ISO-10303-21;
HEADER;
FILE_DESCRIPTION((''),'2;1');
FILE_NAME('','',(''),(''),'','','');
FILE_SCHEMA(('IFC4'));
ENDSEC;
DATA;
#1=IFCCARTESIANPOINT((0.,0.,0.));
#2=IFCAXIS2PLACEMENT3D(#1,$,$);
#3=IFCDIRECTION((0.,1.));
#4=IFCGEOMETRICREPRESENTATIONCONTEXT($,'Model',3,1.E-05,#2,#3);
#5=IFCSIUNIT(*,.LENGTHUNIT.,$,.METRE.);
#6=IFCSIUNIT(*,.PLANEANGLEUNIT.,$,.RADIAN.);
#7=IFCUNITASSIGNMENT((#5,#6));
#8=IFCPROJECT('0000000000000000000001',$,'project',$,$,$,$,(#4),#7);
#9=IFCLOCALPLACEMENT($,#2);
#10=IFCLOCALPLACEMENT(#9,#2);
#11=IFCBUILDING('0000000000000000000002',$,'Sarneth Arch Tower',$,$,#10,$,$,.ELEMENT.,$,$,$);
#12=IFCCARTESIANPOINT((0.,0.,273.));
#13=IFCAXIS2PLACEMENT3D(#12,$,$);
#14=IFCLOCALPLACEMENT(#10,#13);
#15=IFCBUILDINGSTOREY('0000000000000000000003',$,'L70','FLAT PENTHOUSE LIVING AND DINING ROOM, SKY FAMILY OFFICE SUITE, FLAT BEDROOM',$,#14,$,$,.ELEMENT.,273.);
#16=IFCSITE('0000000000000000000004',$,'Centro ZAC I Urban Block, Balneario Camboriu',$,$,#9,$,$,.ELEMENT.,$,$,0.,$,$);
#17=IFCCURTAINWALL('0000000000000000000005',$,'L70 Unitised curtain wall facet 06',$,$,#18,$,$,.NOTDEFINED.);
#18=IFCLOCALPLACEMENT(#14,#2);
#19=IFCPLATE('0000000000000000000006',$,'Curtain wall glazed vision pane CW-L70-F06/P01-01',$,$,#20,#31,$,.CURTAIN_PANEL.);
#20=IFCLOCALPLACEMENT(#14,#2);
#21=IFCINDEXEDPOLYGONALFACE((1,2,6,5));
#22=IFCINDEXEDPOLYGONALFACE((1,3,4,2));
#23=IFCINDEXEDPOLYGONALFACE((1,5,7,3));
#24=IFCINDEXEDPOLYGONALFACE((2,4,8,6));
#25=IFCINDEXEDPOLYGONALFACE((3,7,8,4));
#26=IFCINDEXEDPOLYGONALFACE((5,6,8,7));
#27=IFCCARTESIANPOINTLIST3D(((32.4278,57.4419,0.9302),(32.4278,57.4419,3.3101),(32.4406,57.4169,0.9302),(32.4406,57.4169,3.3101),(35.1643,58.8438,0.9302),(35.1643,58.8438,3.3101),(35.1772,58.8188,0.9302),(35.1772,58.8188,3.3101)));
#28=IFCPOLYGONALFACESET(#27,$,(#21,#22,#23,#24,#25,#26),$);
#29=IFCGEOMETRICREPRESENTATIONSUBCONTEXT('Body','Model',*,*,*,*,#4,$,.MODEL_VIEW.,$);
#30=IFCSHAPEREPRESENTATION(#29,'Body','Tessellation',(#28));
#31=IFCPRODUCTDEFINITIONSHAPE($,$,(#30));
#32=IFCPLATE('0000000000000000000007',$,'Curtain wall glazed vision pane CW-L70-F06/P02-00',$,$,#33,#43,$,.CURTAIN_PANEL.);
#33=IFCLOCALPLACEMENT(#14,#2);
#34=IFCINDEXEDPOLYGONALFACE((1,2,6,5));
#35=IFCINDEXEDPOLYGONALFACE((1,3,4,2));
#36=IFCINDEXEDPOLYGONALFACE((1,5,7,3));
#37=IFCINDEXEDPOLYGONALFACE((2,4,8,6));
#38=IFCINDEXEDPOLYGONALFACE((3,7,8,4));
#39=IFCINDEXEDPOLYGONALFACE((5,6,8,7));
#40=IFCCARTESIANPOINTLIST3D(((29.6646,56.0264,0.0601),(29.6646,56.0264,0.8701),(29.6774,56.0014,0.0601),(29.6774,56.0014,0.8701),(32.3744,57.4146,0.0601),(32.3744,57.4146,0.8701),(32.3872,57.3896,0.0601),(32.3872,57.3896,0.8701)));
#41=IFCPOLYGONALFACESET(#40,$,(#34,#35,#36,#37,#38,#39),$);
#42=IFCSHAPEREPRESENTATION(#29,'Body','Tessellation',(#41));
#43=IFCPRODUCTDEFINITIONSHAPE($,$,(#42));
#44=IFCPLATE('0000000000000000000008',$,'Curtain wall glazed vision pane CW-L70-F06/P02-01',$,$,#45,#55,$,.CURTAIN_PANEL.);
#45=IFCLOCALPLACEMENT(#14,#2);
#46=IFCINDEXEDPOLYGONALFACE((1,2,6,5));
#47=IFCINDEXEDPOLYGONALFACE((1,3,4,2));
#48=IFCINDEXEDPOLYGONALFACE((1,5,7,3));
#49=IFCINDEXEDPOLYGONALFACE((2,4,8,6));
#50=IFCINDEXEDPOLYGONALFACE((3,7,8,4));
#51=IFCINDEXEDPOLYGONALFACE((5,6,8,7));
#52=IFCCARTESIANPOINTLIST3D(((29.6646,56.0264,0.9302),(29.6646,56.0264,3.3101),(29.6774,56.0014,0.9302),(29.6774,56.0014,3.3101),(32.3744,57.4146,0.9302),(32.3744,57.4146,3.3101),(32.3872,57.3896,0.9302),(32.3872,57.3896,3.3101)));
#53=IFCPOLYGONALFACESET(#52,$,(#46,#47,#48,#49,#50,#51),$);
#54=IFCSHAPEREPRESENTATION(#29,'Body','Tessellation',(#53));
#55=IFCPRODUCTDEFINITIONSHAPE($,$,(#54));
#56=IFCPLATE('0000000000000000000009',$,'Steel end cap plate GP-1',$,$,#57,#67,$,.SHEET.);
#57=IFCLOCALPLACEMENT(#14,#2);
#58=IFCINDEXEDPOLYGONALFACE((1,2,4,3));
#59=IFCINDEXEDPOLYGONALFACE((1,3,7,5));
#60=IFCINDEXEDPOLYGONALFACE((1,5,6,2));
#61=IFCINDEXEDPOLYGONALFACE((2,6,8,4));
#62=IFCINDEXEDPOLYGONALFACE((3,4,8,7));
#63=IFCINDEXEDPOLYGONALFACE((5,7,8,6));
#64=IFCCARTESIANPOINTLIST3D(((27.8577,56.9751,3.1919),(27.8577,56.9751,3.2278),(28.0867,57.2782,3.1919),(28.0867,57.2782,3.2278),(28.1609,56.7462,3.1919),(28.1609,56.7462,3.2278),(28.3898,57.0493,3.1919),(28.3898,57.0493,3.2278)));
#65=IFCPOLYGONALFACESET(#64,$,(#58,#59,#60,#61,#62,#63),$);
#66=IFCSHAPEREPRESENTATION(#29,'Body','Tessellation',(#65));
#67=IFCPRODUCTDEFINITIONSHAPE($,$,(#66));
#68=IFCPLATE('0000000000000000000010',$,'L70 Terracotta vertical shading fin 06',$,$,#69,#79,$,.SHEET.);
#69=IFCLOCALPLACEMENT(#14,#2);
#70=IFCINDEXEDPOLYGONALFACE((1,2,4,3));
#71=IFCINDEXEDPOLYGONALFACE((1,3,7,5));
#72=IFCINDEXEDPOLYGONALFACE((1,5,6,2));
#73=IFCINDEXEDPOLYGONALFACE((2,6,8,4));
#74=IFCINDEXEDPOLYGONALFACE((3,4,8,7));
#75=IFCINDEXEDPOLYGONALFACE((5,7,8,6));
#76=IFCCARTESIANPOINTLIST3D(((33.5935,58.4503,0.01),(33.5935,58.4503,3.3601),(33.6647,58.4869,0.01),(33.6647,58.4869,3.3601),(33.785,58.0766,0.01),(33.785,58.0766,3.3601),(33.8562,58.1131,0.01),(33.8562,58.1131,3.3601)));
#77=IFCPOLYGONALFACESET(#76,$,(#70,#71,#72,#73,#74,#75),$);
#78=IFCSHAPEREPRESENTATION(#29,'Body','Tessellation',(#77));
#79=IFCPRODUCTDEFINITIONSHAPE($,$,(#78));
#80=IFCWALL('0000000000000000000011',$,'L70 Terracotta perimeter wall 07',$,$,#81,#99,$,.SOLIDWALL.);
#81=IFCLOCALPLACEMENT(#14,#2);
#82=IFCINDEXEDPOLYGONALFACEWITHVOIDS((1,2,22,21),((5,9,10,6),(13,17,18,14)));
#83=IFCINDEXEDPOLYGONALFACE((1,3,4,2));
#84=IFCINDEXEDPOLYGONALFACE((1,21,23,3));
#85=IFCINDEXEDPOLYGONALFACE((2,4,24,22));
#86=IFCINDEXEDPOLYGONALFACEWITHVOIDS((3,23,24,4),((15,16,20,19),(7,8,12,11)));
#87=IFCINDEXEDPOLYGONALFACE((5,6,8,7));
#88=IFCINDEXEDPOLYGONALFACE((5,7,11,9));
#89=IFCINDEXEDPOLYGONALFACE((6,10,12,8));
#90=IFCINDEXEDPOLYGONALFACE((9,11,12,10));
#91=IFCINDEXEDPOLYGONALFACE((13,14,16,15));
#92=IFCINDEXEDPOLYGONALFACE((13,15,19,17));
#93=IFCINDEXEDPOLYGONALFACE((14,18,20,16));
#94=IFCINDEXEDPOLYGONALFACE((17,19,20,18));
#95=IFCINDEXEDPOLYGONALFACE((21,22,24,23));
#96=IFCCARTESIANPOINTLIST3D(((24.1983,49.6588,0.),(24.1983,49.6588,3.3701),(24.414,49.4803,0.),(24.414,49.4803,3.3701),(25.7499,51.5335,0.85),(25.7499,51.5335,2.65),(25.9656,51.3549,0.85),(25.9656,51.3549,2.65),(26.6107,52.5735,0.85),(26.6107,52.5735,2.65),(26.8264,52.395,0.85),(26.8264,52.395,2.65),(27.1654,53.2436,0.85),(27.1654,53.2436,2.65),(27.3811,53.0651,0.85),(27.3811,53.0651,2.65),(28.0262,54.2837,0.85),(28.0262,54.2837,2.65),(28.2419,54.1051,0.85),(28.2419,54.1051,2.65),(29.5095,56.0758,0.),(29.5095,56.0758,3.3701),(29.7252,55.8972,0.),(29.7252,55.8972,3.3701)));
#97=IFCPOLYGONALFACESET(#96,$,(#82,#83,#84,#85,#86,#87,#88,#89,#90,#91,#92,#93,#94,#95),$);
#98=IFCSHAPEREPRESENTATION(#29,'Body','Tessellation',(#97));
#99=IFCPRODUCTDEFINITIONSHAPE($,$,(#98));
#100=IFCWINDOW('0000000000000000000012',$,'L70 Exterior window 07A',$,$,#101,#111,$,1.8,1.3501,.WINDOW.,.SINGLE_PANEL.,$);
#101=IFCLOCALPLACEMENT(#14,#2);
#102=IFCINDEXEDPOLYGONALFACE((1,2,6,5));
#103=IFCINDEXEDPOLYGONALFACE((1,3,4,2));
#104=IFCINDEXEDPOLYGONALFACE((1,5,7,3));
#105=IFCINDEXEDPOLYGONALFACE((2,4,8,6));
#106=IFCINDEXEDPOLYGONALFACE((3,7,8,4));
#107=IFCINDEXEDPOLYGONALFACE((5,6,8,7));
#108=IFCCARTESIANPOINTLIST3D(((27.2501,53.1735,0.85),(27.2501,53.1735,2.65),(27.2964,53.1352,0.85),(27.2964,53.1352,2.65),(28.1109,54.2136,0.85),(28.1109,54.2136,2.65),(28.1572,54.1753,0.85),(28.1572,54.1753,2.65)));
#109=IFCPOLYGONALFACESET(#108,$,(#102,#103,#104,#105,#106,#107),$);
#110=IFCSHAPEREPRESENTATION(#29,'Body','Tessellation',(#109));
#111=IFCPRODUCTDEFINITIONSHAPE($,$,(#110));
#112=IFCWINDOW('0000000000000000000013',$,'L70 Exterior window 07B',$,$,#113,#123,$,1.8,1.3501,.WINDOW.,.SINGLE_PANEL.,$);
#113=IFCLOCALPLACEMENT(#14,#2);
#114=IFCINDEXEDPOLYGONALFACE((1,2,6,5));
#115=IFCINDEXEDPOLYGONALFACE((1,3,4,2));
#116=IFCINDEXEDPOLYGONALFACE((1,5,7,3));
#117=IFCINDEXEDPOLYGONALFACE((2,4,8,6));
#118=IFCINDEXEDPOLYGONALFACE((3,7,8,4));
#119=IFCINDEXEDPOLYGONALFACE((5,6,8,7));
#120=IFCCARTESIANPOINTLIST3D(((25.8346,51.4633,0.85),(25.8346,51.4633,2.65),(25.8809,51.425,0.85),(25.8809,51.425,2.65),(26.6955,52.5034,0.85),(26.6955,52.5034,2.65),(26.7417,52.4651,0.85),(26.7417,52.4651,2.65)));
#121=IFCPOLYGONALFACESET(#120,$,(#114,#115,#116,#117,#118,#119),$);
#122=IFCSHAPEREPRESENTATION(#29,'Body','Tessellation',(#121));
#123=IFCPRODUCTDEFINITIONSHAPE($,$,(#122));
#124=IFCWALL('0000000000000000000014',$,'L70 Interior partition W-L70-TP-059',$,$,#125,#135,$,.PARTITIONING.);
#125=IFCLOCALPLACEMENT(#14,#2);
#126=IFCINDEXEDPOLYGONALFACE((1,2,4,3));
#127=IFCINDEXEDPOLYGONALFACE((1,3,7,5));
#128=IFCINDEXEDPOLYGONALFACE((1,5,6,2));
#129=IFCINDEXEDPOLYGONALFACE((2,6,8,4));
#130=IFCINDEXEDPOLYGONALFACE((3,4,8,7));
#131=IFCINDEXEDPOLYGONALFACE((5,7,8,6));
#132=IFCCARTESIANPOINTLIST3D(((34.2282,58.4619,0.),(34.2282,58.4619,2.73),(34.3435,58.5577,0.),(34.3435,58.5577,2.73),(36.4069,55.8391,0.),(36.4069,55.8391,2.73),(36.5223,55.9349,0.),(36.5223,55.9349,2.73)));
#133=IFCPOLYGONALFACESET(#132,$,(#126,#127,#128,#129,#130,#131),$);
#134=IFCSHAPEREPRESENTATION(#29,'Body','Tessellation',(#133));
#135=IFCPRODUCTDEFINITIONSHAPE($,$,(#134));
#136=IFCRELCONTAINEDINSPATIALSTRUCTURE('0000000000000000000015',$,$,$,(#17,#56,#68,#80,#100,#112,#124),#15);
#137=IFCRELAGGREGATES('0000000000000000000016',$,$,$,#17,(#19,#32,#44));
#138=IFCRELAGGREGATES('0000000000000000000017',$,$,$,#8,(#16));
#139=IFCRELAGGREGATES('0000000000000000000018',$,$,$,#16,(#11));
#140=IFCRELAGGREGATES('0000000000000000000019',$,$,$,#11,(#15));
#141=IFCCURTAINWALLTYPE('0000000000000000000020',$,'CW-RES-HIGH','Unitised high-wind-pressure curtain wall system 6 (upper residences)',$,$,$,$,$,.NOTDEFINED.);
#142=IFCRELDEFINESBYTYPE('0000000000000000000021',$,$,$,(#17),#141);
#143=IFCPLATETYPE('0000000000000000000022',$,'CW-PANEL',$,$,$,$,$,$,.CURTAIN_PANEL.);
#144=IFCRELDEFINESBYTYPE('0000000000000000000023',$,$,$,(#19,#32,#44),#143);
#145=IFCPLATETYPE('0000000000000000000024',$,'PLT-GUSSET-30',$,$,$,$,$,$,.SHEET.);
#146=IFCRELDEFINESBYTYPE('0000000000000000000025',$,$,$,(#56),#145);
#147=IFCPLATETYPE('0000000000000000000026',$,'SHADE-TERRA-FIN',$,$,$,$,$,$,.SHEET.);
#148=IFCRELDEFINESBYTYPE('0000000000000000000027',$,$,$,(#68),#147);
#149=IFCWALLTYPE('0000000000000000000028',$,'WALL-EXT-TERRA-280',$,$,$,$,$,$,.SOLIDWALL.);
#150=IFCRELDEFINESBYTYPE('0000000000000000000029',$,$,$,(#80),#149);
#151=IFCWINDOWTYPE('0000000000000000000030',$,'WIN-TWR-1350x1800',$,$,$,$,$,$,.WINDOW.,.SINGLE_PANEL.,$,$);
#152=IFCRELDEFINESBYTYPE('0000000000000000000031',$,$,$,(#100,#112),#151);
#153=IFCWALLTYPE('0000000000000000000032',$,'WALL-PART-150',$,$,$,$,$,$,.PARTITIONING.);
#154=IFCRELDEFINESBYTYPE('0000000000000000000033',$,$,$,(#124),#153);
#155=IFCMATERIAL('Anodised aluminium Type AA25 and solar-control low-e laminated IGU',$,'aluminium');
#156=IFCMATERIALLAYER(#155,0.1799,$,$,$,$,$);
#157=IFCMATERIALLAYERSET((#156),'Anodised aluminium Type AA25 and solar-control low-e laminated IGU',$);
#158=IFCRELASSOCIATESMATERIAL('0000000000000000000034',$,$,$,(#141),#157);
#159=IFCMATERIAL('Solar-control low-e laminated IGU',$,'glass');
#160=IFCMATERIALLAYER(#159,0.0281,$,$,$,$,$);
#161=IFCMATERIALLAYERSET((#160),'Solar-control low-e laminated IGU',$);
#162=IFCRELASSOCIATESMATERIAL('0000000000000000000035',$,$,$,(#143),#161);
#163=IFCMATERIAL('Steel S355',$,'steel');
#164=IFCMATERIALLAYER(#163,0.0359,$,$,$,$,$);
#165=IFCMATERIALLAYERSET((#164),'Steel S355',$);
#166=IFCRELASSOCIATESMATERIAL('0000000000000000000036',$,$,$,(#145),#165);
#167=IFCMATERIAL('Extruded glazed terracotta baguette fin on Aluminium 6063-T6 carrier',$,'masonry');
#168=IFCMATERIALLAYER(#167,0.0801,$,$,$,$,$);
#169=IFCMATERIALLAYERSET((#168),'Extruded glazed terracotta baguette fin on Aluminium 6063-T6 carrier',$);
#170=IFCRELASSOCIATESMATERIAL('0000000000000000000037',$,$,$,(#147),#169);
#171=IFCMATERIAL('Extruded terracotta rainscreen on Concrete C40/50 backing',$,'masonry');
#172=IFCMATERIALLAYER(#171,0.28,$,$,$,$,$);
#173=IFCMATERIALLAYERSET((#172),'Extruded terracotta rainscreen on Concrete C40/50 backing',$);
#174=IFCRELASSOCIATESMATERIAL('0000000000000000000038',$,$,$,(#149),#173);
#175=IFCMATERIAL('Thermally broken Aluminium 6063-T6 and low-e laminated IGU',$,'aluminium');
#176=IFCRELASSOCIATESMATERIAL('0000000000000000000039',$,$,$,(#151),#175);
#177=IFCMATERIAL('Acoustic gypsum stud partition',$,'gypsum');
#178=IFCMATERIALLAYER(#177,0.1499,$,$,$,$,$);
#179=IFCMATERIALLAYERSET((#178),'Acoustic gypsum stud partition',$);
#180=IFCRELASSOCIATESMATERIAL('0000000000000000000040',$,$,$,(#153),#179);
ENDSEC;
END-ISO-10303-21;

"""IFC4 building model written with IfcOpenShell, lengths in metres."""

from ifc_helpers import new_model, si_unit, direction, frame, frame_2d, origin, origin_2d, place, context, subcontext, project, spatial, rectangle, extrude, material, layer, layer_set, type_object, element, fill, aggregate, save


model = new_model("IFC4")

# Units and contexts
model_context = context("Model", 3, precision=1e-05, world=origin(), true_north=direction((0.0, 1.0)))
body_context = subcontext(model_context, "Body", "Model", "MODEL_VIEW")
ifc_project = project(units=[si_unit("LENGTHUNIT", "METRE"), si_unit("PLANEANGLEUNIT", "RADIAN")], contexts=[model_context])

# Site, building, storey
site_placement = place(None, origin())
site = spatial("IfcSite", under=ifc_project, at=site_placement, Name="Centro ZAC I Urban Block, Balneario Camboriu", CompositionType="ELEMENT", RefElevation=0.0)
building_placement = place(site_placement, origin())
building = spatial("IfcBuilding", under=site, at=building_placement, Name="Sarneth Arch Tower", CompositionType="ELEMENT")
storey_placement = place(building_placement, frame((0.0, 0.0, 273.0)))
storey = spatial("IfcBuildingStorey", under=building, at=storey_placement, Name="L70", Description="FLAT PENTHOUSE LIVING AND DINING ROOM, SKY FAMILY OFFICE SUITE, FLAT BEDROOM", CompositionType="ELEMENT", Elevation=273.0)

# Curtain wall
ifc_material_1 = material(Name="Anodised aluminium Type AA25 and solar-control low-e laminated IGU", Category="aluminium")
ifc_layer_1 = layer(ifc_material_1, 0.1799)
ifc_layer_set_1 = layer_set([ifc_layer_1], Name="Anodised aluminium Type AA25 and solar-control low-e laminated IGU")
curtain_wall_type = type_object("IfcCurtainWallType", Name="CW-RES-HIGH", Description="Unitised high-wind-pressure curtain wall system 6 (upper residences)", PredefinedType="NOTDEFINED", material=ifc_layer_set_1)
curtain_wall_placement = place(storey_placement, origin())
curtain_wall = element("IfcCurtainWall", 1, at=curtain_wall_placement, inside=storey, type_object=curtain_wall_type, Name="L70 Unitised curtain wall facet 06", PredefinedType="NOTDEFINED")

# Plates
ifc_material_2 = material(Name="Solar-control low-e laminated IGU", Category="glass")
ifc_layer_2 = layer(ifc_material_2, 0.0281)
ifc_layer_set_2 = layer_set([ifc_layer_2], Name="Solar-control low-e laminated IGU")
plate_type_1 = type_object("IfcPlateType", Name="CW-PANEL", PredefinedType="CURTAIN_PANEL", material=ifc_layer_set_2)
plate_1_placement = place(storey_placement, frame((33.8025, 58.1304, 0.9302), z_axis=(0.0, 0.0, 1.0), x_axis=(-0.89001, -0.455942, 0.0)))
plate_1 = element("IfcPlate", 2, at=plate_1_placement, type_object=plate_type_1, Name="Curtain wall glazed vision pane CW-L70-F06/P01-01", PredefinedType="CURTAIN_PANEL", context=body_context, shape_type="SweptSolid", body=[
    extrude(rectangle(XDim=3.0747, YDim=0.0281, at=origin_2d()), origin(), (0.0, 0.0, 1.0), 2.3799),
])
plate_2_placement = place(storey_placement, frame((31.0259, 56.708, 0.0601), z_axis=(0.0, 0.0, 1.0), x_axis=(-0.89001, -0.455942, 0.0)))
plate_2 = element("IfcPlate", 3, at=plate_2_placement, type_object=plate_type_1, Name="Curtain wall glazed vision pane CW-L70-F06/P02-00", PredefinedType="CURTAIN_PANEL", context=body_context, shape_type="SweptSolid", body=[
    extrude(rectangle(XDim=3.0447, YDim=0.0281, at=origin_2d()), origin(), (0.0, 0.0, 1.0), 0.8101),
])
plate_3_placement = place(storey_placement, frame((31.0259, 56.708, 0.9302), z_axis=(0.0, 0.0, 1.0), x_axis=(-0.89001, -0.455942, 0.0)))
plate_3 = element("IfcPlate", 4, at=plate_3_placement, type_object=plate_type_1, Name="Curtain wall glazed vision pane CW-L70-F06/P02-01", PredefinedType="CURTAIN_PANEL", context=body_context, shape_type="SweptSolid", body=[
    extrude(rectangle(XDim=3.0447, YDim=0.0281, at=origin_2d()), origin(), (0.0, 0.0, 1.0), 2.3799),
])
aggregate(curtain_wall, [plate_1, plate_2, plate_3])

# Plates
ifc_material_3 = material(Name="Steel S355", Category="steel")
ifc_layer_3 = layer(ifc_material_3, 0.0359)
ifc_layer_set_3 = layer_set([ifc_layer_3], Name="Steel S355")
plate_type_2 = type_object("IfcPlateType", Name="PLT-GUSSET-30", PredefinedType="SHEET", material=ifc_layer_set_3)
plate_4_placement = place(storey_placement, frame((28.1238, 57.0122, 3.1919), z_axis=(0.0, 0.0, 1.0), x_axis=(-0.798005, 0.602651, 0.0)))
element("IfcPlate", 5, at=plate_4_placement, inside=storey, type_object=plate_type_2, Name="Steel end cap plate GP-1", PredefinedType="SHEET", context=body_context, shape_type="SweptSolid", body=[
    extrude(rectangle(XDim=0.3799, YDim=0.3799, at=origin_2d()), origin(), (0.0, 0.0, 1.0), 0.0359),
])
ifc_material_4 = material(Name="Extruded glazed terracotta baguette fin on Aluminium 6063-T6 carrier", Category="masonry")
ifc_layer_4 = layer(ifc_material_4, 0.0801)
ifc_layer_set_4 = layer_set([ifc_layer_4], Name="Extruded glazed terracotta baguette fin on Aluminium 6063-T6 carrier")
plate_type_3 = type_object("IfcPlateType", Name="SHADE-TERRA-FIN", PredefinedType="SHEET", material=ifc_layer_set_4)
plate_5_placement = place(storey_placement, frame((33.7249, 58.2817, 0.01), z_axis=(0.0, 0.0, 1.0), x_axis=(-0.456011, 0.889974, 0.0)))
element("IfcPlate", 6, at=plate_5_placement, inside=storey, type_object=plate_type_3, Name="L70 Terracotta vertical shading fin 06", PredefinedType="SHEET", context=body_context, shape_type="SweptSolid", body=[
    extrude(rectangle(XDim=0.4199, YDim=0.0801, at=origin_2d()), origin(), (0.0, 0.0, 1.0), 3.3501),
])

# Wall, openings, windows
ifc_material_5 = material(Name="Extruded terracotta rainscreen on Concrete C40/50 backing", Category="masonry")
ifc_layer_5 = layer(ifc_material_5, 0.28)
ifc_layer_set_5 = layer_set([ifc_layer_5], Name="Extruded terracotta rainscreen on Concrete C40/50 backing")
wall_type_1 = type_object("IfcWallType", Name="WALL-EXT-TERRA-280", PredefinedType="SOLIDWALL", material=ifc_layer_set_5)
wall_1_placement = place(storey_placement, frame((29.6174, 55.9866, 0.0), z_axis=(0.0, 0.0, 1.0), x_axis=(-0.637615, -0.770355, 0.0)))
wall_1 = element("IfcWall", 7, at=wall_1_placement, inside=storey, type_object=wall_type_1, Name="L70 Terracotta perimeter wall 07", PredefinedType="SOLIDWALL", context=body_context, shape_type="SweptSolid", body=[
    extrude(rectangle(XDim=8.3298, YDim=0.28, at=frame_2d((4.165, 0.0))), origin(), (0.0, 0.0, 1.0), 3.3701),
])
opening_1_placement = place(wall_1_placement, frame((2.3264, 0.0, 0.8501)))
opening_1 = element("IfcOpeningElement", 8, at=opening_1_placement, cuts=wall_1, PredefinedType="OPENING", context=body_context, shape_type="SweptSolid", body=[
    extrude(rectangle(XDim=1.3501, YDim=1.8, at=frame_2d((0.675, 0.8999))), frame((0.0, 0.1499, 0.0), z_axis=(0.0, -1.0, 0.0), x_axis=(1.0, 0.0, 0.0)), (0.0, 0.0, 1.0), 0.3),
])
opening_2_placement = place(wall_1_placement, frame((4.5464, 0.0, 0.8501)))
opening_2 = element("IfcOpeningElement", 9, at=opening_2_placement, cuts=wall_1, PredefinedType="OPENING", context=body_context, shape_type="SweptSolid", body=[
    extrude(rectangle(XDim=1.3501, YDim=1.8, at=frame_2d((0.675, 0.8999))), frame((0.0, 0.1499, 0.0), z_axis=(0.0, -1.0, 0.0), x_axis=(1.0, 0.0, 0.0)), (0.0, 0.0, 1.0), 0.3),
])
ifc_material_6 = material(Name="Thermally broken Aluminium 6063-T6 and low-e laminated IGU", Category="aluminium")
window_type = type_object("IfcWindowType", Name="WIN-TWR-1350x1800", PartitioningType="SINGLE_PANEL", PredefinedType="WINDOW", material=ifc_material_6)
window_1_placement = place(opening_1_placement, origin())
window_1 = element("IfcWindow", 10, at=window_1_placement, inside=storey, type_object=window_type, Name="L70 Exterior window 07A", OverallHeight=1.8, OverallWidth=1.3501, PartitioningType="SINGLE_PANEL", PredefinedType="WINDOW", context=body_context, shape_type="SweptSolid", body=[
    extrude(rectangle(XDim=1.3501, YDim=1.8, at=frame_2d((0.675, 0.8999))), frame((0.0, 0.03, 0.0), z_axis=(0.0, -1.0, 0.0), x_axis=(1.0, 0.0, 0.0)), (0.0, 0.0, 1.0), 0.0601),
])
fill(opening_1, window_1)
window_2_placement = place(opening_2_placement, origin())
window_2 = element("IfcWindow", 11, at=window_2_placement, inside=storey, type_object=window_type, Name="L70 Exterior window 07B", OverallHeight=1.8, OverallWidth=1.3501, PartitioningType="SINGLE_PANEL", PredefinedType="WINDOW", context=body_context, shape_type="SweptSolid", body=[
    extrude(rectangle(XDim=1.3501, YDim=1.8, at=frame_2d((0.675, 0.8999))), frame((0.0, 0.03, 0.0), z_axis=(0.0, -1.0, 0.0), x_axis=(1.0, 0.0, 0.0)), (0.0, 0.0, 1.0), 0.0601),
])
fill(opening_2, window_2)

# Wall
ifc_material_7 = material(Name="Acoustic gypsum stud partition", Category="gypsum")
ifc_layer_6 = layer(ifc_material_7, 0.1499)
ifc_layer_set_6 = layer_set([ifc_layer_6], Name="Acoustic gypsum stud partition")
wall_type_2 = type_object("IfcWallType", Name="WALL-PART-150", PredefinedType="PARTITIONING", material=ifc_layer_set_6)
wall_2_placement = place(storey_placement, frame((36.4646, 55.887, 0.0), z_axis=(0.0, 0.0, 1.0), x_axis=(-0.638979, 0.769224, 0.0)))
element("IfcWall", 12, at=wall_2_placement, inside=storey, type_object=wall_type_2, Name="L70 Interior partition W-L70-TP-059", PredefinedType="PARTITIONING", context=body_context, shape_type="SweptSolid", body=[
    extrude(rectangle(XDim=3.4097, YDim=0.1499, at=frame_2d((1.7048, 0.0))), origin(), (0.0, 0.0, 1.0), 2.73),
])

save(model, "model.ifc")
